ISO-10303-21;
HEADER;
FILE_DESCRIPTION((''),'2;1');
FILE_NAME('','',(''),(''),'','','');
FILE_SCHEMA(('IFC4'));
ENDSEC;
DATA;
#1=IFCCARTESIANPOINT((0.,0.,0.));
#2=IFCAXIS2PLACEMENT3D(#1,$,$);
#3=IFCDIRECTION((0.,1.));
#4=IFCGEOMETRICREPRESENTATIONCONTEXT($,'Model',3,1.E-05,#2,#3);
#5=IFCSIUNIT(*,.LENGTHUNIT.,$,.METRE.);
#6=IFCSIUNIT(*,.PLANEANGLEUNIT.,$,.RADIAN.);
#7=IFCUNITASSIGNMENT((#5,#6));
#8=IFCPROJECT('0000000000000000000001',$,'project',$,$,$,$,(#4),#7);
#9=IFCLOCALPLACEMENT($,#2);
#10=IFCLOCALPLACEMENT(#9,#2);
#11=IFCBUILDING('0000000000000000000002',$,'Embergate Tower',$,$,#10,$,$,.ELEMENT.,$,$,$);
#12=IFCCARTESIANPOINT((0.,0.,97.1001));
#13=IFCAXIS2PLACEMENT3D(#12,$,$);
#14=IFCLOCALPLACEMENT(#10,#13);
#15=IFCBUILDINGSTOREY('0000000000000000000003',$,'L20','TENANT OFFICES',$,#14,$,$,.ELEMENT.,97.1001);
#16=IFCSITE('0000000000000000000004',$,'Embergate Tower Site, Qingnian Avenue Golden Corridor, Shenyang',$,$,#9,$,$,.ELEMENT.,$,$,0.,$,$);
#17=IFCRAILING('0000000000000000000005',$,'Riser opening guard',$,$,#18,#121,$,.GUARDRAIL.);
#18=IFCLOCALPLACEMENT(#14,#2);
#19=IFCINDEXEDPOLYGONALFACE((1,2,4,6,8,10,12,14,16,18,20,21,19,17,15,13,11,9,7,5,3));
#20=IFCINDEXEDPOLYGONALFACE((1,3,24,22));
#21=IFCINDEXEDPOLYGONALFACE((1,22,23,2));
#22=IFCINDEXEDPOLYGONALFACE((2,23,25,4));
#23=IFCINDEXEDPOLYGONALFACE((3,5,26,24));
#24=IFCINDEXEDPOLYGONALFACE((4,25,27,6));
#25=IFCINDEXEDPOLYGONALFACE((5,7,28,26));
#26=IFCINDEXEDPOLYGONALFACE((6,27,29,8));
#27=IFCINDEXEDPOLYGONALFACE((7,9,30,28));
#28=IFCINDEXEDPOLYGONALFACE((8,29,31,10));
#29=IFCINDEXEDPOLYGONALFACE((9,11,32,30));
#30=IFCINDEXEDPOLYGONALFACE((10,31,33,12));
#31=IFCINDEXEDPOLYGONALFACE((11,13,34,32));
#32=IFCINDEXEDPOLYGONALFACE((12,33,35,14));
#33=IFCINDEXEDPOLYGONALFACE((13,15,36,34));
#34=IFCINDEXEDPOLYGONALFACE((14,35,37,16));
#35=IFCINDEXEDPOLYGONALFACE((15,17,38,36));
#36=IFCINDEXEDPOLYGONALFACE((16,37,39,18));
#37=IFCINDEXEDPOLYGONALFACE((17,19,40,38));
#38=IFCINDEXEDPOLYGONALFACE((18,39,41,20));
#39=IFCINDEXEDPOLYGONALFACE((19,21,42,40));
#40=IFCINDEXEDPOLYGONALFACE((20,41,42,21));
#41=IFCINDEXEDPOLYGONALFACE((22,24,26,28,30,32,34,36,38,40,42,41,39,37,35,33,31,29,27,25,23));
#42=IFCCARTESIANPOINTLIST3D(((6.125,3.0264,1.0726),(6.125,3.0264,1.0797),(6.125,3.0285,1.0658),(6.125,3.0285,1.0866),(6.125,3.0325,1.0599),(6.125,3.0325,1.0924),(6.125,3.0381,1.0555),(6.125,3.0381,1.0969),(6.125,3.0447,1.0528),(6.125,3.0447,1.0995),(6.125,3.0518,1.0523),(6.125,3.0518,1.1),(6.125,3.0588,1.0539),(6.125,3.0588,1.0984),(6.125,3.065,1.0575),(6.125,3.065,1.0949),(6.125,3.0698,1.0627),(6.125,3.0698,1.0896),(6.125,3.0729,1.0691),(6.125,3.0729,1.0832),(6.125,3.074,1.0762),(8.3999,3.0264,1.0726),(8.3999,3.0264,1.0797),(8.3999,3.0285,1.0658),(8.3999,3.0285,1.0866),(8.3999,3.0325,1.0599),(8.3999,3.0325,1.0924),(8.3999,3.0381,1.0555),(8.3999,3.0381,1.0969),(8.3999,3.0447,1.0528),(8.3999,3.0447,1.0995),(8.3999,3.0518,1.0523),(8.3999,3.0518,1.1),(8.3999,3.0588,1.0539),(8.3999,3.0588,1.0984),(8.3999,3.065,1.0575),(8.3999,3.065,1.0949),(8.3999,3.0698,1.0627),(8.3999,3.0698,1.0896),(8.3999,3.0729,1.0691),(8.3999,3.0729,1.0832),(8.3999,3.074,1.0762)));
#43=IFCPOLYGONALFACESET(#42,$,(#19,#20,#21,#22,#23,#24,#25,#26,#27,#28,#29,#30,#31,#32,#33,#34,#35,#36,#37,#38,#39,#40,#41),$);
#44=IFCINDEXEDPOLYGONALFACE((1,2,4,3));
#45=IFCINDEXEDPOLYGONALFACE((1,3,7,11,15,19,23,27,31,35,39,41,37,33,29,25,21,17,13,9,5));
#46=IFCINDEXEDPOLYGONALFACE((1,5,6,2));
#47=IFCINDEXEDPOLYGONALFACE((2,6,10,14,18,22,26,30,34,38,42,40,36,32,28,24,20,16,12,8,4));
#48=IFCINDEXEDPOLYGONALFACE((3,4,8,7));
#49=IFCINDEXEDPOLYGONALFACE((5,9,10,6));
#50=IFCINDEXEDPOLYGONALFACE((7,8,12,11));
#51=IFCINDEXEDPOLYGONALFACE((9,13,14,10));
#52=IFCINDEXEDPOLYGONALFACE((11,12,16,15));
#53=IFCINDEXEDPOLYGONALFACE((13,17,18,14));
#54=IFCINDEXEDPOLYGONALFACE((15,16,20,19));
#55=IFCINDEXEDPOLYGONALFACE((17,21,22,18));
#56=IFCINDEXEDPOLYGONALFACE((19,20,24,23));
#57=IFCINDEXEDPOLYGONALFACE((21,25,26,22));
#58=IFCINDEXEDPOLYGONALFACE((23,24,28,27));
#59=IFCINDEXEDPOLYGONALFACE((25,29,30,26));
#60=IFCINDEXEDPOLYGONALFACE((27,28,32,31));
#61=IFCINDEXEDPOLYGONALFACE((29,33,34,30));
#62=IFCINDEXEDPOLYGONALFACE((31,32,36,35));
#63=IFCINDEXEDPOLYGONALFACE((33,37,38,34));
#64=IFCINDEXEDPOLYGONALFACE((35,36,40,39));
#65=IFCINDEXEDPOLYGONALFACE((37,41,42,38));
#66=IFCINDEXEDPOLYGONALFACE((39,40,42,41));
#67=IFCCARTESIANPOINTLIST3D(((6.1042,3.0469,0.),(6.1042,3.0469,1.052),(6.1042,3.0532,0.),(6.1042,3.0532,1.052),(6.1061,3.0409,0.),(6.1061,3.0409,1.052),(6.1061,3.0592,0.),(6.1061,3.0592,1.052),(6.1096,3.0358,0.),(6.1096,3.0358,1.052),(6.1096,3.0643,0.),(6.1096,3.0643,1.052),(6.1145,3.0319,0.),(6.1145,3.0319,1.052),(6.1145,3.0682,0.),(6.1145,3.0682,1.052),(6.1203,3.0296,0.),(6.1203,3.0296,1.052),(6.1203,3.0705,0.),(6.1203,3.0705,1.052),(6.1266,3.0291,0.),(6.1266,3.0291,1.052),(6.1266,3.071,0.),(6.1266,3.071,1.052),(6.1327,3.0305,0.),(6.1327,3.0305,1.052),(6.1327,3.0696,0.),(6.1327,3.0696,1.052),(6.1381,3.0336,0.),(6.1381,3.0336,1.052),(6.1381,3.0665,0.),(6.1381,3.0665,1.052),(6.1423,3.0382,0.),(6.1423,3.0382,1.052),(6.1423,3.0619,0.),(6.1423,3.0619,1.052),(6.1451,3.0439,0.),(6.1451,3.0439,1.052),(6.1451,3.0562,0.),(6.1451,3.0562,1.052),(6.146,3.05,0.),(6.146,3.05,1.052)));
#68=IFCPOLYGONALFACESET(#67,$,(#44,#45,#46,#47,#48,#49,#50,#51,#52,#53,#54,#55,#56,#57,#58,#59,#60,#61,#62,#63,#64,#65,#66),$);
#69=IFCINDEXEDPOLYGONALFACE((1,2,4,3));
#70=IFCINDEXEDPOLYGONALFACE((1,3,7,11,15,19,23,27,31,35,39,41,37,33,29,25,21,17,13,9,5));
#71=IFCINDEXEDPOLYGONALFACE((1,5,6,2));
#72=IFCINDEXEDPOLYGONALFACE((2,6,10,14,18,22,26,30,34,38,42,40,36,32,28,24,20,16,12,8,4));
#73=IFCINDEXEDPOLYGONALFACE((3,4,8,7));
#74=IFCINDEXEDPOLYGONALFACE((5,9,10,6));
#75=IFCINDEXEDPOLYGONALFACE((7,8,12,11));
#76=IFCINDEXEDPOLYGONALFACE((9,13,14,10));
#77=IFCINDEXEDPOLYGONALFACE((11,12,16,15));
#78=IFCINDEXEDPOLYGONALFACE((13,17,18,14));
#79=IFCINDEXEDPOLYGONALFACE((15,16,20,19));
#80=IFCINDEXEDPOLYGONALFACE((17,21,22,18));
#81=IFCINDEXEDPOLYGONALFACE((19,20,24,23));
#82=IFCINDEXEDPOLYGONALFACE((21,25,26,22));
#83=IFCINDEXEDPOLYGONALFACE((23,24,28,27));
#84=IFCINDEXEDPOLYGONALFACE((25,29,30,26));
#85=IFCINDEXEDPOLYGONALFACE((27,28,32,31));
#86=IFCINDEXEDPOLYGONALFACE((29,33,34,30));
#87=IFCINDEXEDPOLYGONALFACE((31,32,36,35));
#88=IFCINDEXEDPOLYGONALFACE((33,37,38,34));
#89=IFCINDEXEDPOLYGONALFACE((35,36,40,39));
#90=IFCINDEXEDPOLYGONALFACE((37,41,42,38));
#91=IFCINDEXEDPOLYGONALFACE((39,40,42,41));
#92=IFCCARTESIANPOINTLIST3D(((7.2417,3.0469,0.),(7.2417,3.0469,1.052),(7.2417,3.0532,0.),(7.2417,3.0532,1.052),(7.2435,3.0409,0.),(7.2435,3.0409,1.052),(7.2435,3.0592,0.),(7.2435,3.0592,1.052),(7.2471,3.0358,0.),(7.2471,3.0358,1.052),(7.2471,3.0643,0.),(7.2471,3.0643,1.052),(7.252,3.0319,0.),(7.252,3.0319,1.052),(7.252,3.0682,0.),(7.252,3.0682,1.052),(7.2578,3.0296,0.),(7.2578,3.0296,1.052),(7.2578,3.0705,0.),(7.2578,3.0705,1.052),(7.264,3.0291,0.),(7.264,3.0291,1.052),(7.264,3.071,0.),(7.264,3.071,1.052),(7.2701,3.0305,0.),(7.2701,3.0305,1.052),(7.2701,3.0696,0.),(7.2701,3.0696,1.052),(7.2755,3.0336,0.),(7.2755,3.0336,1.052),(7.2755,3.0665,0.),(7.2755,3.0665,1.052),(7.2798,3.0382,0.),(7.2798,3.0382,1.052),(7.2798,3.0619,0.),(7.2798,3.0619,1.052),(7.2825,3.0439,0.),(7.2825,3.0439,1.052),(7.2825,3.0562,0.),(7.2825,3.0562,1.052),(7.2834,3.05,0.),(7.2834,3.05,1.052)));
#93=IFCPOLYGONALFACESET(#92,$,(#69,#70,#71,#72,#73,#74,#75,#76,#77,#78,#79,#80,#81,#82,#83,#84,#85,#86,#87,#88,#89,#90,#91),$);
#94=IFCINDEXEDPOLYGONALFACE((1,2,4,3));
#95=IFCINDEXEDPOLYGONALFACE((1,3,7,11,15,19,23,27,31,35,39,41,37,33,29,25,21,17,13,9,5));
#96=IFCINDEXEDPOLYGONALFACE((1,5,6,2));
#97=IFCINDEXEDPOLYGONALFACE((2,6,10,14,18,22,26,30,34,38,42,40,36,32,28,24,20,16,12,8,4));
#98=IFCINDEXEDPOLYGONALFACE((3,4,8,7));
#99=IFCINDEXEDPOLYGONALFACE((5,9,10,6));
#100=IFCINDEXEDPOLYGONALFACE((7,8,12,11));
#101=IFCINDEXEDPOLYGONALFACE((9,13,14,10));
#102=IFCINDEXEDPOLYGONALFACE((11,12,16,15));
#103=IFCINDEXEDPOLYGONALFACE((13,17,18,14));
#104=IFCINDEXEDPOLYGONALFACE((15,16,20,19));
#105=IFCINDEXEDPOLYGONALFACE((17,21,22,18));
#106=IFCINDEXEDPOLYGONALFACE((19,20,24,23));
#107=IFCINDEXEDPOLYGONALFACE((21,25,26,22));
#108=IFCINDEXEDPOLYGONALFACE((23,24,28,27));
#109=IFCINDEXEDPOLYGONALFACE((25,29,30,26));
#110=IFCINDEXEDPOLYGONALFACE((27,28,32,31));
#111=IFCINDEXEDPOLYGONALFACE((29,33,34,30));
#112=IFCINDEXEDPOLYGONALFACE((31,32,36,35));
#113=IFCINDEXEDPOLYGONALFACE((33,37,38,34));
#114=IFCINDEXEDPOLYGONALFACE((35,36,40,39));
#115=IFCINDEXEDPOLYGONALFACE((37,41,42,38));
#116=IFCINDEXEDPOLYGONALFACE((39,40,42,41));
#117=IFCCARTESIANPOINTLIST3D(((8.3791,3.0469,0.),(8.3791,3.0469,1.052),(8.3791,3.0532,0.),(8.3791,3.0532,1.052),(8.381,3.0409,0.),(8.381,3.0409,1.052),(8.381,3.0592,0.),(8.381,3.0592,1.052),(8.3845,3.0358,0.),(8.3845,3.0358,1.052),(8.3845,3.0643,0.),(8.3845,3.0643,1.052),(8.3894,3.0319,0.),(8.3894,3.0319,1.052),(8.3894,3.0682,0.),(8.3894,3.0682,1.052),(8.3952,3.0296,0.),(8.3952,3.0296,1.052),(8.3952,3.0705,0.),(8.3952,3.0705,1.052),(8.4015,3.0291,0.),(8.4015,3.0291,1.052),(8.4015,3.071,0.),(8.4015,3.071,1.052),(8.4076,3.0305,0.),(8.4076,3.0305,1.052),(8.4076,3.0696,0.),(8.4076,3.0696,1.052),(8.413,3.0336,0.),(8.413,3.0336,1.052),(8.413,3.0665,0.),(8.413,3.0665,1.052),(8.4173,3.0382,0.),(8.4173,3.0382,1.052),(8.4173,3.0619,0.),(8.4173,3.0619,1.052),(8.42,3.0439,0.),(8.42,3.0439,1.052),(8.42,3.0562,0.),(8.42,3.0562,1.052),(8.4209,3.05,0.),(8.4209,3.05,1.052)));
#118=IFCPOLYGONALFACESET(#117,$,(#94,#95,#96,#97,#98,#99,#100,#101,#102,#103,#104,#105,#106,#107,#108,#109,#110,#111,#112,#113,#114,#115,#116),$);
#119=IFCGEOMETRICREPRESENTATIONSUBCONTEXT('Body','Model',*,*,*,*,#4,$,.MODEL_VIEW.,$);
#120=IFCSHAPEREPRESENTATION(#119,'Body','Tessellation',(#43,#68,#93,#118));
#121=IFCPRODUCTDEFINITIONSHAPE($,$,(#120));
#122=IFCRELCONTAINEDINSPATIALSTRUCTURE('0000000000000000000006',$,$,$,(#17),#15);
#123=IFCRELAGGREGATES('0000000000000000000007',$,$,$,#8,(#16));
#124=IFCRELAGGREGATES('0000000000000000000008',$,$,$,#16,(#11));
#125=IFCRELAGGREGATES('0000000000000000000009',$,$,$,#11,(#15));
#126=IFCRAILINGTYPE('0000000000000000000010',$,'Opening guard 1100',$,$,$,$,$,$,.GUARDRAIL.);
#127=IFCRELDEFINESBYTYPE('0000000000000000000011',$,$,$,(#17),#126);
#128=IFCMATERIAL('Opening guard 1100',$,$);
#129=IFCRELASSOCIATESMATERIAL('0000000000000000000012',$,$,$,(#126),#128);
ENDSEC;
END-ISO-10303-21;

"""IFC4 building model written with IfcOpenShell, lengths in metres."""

from ifc_helpers import new_model, si_unit, direction, frame, origin, origin_2d, place, context, subcontext, project, spatial, circle, extrude, source, transform, mapped, material, type_object, element, save


model = new_model("IFC4")

# Units and contexts
model_context = context("Model", 3, precision=1e-05, world=origin(), true_north=direction((0.0, 1.0)))
body_context = subcontext(model_context, "Body", "Model", "MODEL_VIEW")
ifc_project = project(units=[si_unit("LENGTHUNIT", "METRE"), si_unit("PLANEANGLEUNIT", "RADIAN")], contexts=[model_context])

# Site, building, storey
site_placement = place(None, origin())
site = spatial("IfcSite", under=ifc_project, at=site_placement, Name="Embergate Tower Site, Qingnian Avenue Golden Corridor, Shenyang", CompositionType="ELEMENT", RefElevation=0.0)
building_placement = place(site_placement, origin())
building = spatial("IfcBuilding", under=site, at=building_placement, Name="Embergate Tower", CompositionType="ELEMENT")
storey_placement = place(building_placement, frame((0.0, 0.0, 97.1001)))
storey = spatial("IfcBuildingStorey", under=building, at=storey_placement, Name="L20", Description="TENANT OFFICES", CompositionType="ELEMENT", Elevation=97.1001)

# Railing
ifc_material_1 = material(Name="Opening guard 1100")
railing_type_1 = type_object("IfcRailingType", Name="Opening guard 1100", PredefinedType="GUARDRAIL", material=ifc_material_1)
shared_shape_1 = source(origin(), body_context, "Body", "SweptSolid", [
    extrude(circle(Radius=0.0239, at=origin_2d()), frame((0.0, 0.0, 1.0762), z_axis=(1.0, 0.0, 0.0), x_axis=(0.0, 1.0, 0.0)), (0.0, 0.0, 1.0), 2.2749),
    extrude(circle(Radius=0.021, at=origin_2d()), origin(), (0.0, 0.0, 1.0), 1.052),
    extrude(circle(Radius=0.021, at=origin_2d()), frame((1.1375, 0.0, 0.0)), (0.0, 0.0, 1.0), 1.052),
    extrude(circle(Radius=0.021, at=origin_2d()), frame((2.2749, 0.0, 0.0)), (0.0, 0.0, 1.0), 1.052),
])
railing_1_placement = place(storey_placement, frame((6.125, 3.05, 0.0)))
element("IfcRailing", 1, at=railing_1_placement, inside=storey, type_object=railing_type_1, Name="Riser opening guard", PredefinedType="GUARDRAIL", context=body_context, shape_type="MappedRepresentation", body=[
    mapped(shared_shape_1, transform((0.0, 0.0, 0.0))),
])

save(model, "model.ifc")
